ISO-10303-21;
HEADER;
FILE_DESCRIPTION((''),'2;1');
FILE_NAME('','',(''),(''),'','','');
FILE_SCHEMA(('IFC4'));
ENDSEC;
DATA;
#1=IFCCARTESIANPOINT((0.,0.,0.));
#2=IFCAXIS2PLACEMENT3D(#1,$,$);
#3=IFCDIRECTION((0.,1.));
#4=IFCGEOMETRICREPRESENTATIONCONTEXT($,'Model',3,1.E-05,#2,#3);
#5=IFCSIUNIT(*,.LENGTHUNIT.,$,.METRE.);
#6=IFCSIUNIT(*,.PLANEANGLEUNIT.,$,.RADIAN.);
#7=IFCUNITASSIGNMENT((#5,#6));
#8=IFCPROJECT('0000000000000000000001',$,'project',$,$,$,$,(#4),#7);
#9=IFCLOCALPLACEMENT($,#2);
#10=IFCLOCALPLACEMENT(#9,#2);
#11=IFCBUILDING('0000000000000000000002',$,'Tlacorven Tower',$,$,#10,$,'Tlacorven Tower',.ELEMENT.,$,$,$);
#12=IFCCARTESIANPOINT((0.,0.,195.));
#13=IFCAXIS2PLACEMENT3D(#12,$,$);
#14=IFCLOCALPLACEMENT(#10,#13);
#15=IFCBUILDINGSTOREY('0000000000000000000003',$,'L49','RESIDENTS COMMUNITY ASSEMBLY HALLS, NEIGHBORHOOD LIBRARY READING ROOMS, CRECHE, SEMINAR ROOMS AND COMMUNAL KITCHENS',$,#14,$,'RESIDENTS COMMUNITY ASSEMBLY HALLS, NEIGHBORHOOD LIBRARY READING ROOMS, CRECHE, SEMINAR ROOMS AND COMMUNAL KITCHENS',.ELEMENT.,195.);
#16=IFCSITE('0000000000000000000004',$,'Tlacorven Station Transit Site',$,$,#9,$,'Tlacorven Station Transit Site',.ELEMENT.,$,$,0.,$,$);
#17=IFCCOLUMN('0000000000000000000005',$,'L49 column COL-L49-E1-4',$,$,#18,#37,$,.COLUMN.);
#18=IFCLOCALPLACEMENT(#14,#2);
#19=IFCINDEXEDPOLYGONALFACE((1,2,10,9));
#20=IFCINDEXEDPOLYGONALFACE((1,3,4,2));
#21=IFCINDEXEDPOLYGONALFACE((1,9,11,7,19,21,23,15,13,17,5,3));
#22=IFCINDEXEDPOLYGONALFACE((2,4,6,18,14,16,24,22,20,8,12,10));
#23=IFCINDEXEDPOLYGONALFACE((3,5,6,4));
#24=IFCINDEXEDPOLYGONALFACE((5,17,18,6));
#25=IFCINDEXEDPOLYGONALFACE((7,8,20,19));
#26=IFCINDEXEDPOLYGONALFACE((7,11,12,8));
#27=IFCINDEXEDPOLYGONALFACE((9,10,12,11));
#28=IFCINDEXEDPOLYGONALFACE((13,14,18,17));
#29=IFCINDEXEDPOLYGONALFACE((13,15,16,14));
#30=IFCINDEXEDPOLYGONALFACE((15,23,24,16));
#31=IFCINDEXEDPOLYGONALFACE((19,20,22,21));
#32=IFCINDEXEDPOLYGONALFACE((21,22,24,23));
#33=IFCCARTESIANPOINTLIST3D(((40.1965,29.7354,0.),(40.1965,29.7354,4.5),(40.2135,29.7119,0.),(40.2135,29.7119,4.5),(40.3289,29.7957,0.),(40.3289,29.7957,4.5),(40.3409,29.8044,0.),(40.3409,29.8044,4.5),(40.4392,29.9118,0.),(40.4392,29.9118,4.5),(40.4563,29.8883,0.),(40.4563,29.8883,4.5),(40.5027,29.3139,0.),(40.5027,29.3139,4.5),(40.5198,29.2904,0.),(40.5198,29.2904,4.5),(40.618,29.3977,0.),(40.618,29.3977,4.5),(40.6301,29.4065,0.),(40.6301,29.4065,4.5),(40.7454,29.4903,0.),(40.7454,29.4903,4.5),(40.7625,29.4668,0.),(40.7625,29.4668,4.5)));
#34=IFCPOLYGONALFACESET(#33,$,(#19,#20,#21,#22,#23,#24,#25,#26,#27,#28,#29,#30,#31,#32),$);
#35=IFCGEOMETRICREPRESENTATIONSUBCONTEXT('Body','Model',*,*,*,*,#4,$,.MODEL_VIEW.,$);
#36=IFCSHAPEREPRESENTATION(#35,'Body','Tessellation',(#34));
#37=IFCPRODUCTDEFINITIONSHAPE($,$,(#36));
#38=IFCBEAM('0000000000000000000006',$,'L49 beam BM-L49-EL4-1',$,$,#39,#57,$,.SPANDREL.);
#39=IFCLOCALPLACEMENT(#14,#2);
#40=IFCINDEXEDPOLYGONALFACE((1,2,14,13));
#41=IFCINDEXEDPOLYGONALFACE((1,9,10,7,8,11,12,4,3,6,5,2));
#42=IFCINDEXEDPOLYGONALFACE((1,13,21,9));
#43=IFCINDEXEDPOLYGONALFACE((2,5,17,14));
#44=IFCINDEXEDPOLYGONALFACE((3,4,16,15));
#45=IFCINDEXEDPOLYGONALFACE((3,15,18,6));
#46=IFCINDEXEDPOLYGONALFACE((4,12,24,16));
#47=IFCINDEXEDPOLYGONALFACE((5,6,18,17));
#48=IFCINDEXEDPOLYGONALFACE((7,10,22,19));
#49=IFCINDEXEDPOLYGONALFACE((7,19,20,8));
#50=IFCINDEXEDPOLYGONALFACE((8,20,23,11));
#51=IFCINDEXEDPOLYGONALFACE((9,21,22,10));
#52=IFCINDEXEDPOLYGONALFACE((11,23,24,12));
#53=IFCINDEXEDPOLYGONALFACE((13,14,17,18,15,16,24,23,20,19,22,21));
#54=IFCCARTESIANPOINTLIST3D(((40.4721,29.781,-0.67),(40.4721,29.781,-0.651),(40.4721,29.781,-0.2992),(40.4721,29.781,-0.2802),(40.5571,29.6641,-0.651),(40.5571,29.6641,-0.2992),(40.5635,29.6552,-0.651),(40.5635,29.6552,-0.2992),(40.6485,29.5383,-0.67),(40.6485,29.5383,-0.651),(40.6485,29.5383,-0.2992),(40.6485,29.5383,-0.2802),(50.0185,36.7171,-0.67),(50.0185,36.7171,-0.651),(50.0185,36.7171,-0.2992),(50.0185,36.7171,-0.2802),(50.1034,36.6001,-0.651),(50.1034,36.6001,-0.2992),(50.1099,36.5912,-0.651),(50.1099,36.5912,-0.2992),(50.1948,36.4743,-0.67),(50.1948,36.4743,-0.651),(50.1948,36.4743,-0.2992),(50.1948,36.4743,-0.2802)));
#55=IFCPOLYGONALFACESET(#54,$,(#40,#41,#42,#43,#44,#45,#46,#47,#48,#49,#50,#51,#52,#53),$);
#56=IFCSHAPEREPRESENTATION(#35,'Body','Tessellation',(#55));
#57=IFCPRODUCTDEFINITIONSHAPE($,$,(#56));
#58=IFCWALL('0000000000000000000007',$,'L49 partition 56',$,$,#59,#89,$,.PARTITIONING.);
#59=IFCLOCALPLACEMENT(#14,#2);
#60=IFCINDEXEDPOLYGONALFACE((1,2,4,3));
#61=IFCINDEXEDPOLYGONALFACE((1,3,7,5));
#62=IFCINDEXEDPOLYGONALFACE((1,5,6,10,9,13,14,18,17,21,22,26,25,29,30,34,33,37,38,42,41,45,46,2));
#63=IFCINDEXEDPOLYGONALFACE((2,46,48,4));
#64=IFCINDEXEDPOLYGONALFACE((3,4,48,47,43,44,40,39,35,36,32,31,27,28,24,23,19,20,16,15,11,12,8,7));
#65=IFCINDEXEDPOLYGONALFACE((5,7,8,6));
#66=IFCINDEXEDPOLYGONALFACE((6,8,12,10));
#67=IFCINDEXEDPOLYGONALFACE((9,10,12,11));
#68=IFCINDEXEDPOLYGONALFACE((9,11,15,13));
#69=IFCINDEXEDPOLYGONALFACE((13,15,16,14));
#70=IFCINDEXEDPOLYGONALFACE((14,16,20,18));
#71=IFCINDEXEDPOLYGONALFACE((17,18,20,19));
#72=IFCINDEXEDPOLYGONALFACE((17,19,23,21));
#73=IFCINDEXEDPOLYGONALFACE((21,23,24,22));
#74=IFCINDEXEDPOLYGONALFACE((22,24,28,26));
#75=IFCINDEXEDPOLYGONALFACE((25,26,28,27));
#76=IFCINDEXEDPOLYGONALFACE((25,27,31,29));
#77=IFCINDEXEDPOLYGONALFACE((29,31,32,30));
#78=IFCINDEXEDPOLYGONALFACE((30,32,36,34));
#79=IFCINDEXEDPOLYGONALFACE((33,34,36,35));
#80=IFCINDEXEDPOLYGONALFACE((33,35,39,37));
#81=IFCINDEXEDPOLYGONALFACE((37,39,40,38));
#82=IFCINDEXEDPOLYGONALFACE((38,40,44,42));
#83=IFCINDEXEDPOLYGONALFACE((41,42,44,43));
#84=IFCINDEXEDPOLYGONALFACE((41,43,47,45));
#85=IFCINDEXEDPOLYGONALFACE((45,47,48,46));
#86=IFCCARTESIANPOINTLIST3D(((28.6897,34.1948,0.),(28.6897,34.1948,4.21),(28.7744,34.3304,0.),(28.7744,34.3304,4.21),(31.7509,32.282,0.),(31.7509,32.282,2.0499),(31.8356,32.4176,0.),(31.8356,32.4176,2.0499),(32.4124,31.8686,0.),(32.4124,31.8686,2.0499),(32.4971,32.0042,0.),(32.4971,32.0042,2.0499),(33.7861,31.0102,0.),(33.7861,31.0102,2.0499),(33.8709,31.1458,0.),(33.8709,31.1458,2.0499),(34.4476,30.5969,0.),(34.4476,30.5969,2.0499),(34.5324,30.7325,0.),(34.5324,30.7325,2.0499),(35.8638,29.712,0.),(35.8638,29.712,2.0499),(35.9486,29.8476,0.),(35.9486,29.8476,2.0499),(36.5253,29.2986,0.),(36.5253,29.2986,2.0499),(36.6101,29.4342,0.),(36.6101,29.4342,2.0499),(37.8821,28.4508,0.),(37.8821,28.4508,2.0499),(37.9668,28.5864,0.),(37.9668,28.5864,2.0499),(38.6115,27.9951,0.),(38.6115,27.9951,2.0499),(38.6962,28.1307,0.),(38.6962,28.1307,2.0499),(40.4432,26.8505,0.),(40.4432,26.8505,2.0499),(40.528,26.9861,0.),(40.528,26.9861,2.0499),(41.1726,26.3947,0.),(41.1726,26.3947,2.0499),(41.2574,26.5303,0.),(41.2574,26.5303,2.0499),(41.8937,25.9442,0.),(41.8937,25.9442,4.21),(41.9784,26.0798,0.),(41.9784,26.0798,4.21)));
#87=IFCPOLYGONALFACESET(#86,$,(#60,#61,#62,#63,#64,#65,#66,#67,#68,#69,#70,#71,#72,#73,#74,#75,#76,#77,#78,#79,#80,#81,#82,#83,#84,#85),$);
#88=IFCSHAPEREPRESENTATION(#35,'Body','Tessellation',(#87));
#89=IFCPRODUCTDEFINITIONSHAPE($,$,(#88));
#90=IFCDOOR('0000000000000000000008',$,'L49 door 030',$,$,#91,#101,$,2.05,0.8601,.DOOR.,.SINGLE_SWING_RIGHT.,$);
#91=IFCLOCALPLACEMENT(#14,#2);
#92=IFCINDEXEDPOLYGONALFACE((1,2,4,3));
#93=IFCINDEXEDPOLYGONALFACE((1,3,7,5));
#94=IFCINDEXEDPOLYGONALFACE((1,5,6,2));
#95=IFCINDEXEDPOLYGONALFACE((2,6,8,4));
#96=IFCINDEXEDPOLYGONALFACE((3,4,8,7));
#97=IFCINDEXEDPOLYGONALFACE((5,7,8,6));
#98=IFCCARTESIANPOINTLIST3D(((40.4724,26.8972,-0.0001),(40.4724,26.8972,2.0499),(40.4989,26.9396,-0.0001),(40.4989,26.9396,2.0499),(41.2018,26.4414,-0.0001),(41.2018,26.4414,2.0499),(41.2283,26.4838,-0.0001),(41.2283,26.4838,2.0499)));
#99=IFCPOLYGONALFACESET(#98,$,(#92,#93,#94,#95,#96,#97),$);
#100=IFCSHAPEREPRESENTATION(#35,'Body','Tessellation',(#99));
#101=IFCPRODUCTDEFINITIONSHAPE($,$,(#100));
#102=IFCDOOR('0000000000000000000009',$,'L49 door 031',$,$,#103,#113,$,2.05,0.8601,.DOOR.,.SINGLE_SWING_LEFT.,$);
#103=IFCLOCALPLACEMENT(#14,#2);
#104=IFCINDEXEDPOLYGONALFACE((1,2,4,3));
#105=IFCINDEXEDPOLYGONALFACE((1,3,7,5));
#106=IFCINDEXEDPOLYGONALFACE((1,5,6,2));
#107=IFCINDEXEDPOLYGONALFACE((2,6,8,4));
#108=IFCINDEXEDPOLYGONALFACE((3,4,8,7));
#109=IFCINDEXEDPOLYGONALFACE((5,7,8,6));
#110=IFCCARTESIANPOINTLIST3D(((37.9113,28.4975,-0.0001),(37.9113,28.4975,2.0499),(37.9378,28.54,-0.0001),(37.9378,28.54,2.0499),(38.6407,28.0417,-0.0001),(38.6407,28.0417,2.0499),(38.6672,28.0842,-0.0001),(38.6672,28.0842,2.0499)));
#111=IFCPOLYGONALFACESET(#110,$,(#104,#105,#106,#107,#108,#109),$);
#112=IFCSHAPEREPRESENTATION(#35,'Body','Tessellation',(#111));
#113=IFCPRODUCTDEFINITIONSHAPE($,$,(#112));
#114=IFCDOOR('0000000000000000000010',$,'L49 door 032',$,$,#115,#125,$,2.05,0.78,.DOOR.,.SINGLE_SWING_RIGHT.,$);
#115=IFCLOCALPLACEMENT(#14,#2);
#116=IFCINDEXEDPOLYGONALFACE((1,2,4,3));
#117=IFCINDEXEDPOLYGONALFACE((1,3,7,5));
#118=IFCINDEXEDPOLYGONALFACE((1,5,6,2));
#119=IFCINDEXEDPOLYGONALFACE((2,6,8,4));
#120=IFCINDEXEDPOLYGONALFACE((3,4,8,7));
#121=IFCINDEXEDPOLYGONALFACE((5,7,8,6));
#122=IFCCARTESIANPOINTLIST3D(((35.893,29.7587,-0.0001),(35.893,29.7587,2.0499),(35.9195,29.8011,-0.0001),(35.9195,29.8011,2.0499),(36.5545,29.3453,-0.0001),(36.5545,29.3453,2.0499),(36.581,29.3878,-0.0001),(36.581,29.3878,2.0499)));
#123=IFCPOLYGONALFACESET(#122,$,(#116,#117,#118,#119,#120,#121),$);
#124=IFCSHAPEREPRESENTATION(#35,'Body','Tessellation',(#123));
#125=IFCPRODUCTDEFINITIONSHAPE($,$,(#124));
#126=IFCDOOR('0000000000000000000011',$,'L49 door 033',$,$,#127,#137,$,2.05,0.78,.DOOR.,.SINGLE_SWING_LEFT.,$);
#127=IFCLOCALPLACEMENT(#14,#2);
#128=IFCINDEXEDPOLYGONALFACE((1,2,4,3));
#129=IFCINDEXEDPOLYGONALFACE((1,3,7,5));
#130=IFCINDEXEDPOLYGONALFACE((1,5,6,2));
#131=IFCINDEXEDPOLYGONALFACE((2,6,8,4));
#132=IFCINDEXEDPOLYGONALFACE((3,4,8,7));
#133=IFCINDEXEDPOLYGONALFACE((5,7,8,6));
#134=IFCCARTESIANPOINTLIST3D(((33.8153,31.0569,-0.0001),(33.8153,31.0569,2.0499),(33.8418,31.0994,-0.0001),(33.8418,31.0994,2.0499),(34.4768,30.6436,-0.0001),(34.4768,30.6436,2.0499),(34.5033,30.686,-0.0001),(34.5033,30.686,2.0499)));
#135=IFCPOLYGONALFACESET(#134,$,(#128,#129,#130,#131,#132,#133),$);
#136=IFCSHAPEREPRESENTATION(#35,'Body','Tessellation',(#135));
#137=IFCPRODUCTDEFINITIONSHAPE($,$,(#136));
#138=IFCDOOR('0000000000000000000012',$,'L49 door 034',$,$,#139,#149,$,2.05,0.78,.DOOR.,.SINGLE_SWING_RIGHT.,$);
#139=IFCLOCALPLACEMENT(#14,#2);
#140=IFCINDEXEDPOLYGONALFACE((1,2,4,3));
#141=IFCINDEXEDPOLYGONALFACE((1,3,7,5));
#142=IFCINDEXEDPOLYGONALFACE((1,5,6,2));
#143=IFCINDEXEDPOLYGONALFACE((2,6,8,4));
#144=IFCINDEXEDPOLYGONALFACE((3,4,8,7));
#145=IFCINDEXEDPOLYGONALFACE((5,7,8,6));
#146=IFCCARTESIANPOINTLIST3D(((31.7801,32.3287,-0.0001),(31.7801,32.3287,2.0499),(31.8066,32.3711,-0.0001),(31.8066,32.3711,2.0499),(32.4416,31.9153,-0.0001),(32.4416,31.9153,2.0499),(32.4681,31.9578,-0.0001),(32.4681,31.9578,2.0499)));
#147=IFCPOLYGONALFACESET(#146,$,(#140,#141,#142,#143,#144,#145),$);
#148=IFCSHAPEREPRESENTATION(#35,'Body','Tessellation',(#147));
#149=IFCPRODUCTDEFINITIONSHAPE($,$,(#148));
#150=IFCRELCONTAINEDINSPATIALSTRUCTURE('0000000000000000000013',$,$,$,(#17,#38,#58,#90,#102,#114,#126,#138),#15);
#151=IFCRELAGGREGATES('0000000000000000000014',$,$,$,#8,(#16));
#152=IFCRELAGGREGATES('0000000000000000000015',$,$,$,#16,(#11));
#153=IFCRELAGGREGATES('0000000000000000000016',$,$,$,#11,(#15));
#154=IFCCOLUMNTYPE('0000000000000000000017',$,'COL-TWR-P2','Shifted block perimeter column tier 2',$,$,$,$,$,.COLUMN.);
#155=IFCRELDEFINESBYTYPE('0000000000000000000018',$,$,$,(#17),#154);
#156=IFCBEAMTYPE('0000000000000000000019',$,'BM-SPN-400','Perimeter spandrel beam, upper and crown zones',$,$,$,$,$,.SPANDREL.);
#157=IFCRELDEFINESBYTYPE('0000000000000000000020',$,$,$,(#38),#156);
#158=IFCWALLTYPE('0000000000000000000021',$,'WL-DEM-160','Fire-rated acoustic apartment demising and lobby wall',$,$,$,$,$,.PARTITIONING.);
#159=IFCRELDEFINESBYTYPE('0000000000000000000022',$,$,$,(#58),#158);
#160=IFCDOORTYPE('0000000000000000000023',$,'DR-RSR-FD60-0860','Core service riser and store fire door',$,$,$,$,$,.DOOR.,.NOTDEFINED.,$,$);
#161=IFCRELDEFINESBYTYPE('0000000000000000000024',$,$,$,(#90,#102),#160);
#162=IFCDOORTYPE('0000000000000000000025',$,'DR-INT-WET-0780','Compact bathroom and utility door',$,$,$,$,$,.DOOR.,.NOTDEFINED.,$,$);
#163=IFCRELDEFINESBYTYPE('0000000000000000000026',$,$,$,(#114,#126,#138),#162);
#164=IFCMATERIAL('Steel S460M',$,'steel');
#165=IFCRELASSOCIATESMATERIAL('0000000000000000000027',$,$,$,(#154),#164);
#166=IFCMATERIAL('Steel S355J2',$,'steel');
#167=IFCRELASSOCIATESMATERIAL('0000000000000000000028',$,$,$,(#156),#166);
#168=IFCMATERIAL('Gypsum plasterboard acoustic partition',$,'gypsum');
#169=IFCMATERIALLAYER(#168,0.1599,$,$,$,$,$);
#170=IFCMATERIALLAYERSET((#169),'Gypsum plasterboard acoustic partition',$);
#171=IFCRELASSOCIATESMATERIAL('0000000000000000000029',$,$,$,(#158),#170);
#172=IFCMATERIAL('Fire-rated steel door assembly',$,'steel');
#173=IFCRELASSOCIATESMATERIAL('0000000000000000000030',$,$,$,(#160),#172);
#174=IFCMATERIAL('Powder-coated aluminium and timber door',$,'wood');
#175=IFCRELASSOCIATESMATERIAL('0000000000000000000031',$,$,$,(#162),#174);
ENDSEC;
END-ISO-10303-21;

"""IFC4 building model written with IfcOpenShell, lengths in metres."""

from ifc_helpers import new_model, si_unit, direction, frame, frame_2d, origin, origin_2d, place, context, subcontext, project, spatial, rectangle, i_section, extrude, source, transform, mapped, material, layer, layer_set, material_profile, profile_set, type_object, element, fill, save


model = new_model("IFC4")

# Units and contexts
model_context = context("Model", 3, precision=1e-05, world=origin(), true_north=direction((0.0, 1.0)))
body_context = subcontext(model_context, "Body", "Model", "MODEL_VIEW")
ifc_project = project(units=[si_unit("LENGTHUNIT", "METRE"), si_unit("PLANEANGLEUNIT", "RADIAN")], contexts=[model_context])

# Site, building, storey
site_placement = place(None, origin())
site = spatial("IfcSite", under=ifc_project, at=site_placement, Name="Tlacorven Station Transit Site", LongName="Tlacorven Station Transit Site", CompositionType="ELEMENT", RefElevation=0.0)
building_placement = place(site_placement, origin())
building = spatial("IfcBuilding", under=site, at=building_placement, Name="Tlacorven Tower", LongName="Tlacorven Tower", CompositionType="ELEMENT")
storey_placement = place(building_placement, frame((0.0, 0.0, 195.0)))
storey = spatial("IfcBuildingStorey", under=building, at=storey_placement, Name="L49", Description="RESIDENTS COMMUNITY ASSEMBLY HALLS, NEIGHBORHOOD LIBRARY READING ROOMS, CRECHE, SEMINAR ROOMS AND COMMUNAL KITCHENS", LongName="RESIDENTS COMMUNITY ASSEMBLY HALLS, NEIGHBORHOOD LIBRARY READING ROOMS, CRECHE, SEMINAR ROOMS AND COMMUNAL KITCHENS", CompositionType="ELEMENT", Elevation=195.0)

# Column
ifc_material_1 = material(Name="Steel S460M", Category="steel")
ifc_material_profile_1 = material_profile(ifc_material_1, i_section(OverallWidth=0.3, OverallDepth=0.55, WebThickness=0.0149, FlangeThickness=0.0291, at=origin_2d()), Name="HEB 550")
ifc_profile_set_1 = profile_set([ifc_material_profile_1], Name="Steel S460M")
column_type = type_object("IfcColumnType", Name="COL-TWR-P2", Description="Shifted block perimeter column tier 2", PredefinedType="COLUMN", material=ifc_profile_set_1)
shared_shape_1 = source(origin(), body_context, "Body", "SweptSolid", [
    extrude(i_section(OverallWidth=0.3, OverallDepth=0.55, WebThickness=0.0149, FlangeThickness=0.0291, at=origin_2d()), origin(), (0.0, 0.0, 1.0), 4.5),
])
column_placement = place(storey_placement, frame((40.4795, 29.6011, 0.0), z_axis=(0.0, 0.0, 1.0), x_axis=(0.809017, 0.587785, 0.0)))
element("IfcColumn", 1, at=column_placement, inside=storey, type_object=column_type, Name="L49 column COL-L49-E1-4", PredefinedType="COLUMN", context=body_context, shape_type="MappedRepresentation", body=[
    mapped(shared_shape_1, transform((0.0, 0.0, 0.0), scale=1.0)),
])

# Beam
ifc_material_2 = material(Name="Steel S355J2", Category="steel")
ifc_material_profile_2 = material_profile(ifc_material_2, i_section(OverallWidth=0.3, OverallDepth=0.3899, WebThickness=0.011, FlangeThickness=0.019, at=origin_2d()), Name="HEA 400")
ifc_profile_set_2 = profile_set([ifc_material_profile_2], Name="Steel S355J2")
beam_type = type_object("IfcBeamType", Name="BM-SPN-400", Description="Perimeter spandrel beam, upper and crown zones", PredefinedType="SPANDREL", material=ifc_profile_set_2)
shared_shape_2 = source(origin(), body_context, "Body", "SweptSolid", [
    extrude(i_section(OverallWidth=0.3, OverallDepth=0.3899, WebThickness=0.011, FlangeThickness=0.019, at=origin_2d()), origin(), (0.0, 0.0, 1.0), 11.8),
])
beam_placement = place(storey_placement, frame((40.5603, 29.6597, -0.4751), z_axis=(0.80901, 0.587795, 0.0), x_axis=(-0.587795, 0.80901, 0.0)))
element("IfcBeam", 2, at=beam_placement, inside=storey, type_object=beam_type, Name="L49 beam BM-L49-EL4-1", PredefinedType="SPANDREL", context=body_context, shape_type="MappedRepresentation", body=[
    mapped(shared_shape_2, transform((0.0, 0.0, 0.0), scale=1.0)),
])

# Wall, openings, doors
ifc_material_3 = material(Name="Gypsum plasterboard acoustic partition", Category="gypsum")
ifc_layer_1 = layer(ifc_material_3, 0.1599)
ifc_layer_set_1 = layer_set([ifc_layer_1], Name="Gypsum plasterboard acoustic partition")
wall_type_1 = type_object("IfcWallType", Name="WL-DEM-160", Description="Fire-rated acoustic apartment demising and lobby wall", PredefinedType="PARTITIONING", material=ifc_layer_set_1)
wall_1_placement = place(storey_placement, frame((41.936, 26.012, 0.0), z_axis=(0.0, 0.0, 1.0), x_axis=(-0.848051, 0.529914, 0.0)))
wall_1 = element("IfcWall", 3, at=wall_1_placement, inside=storey, type_object=wall_type_1, Name="L49 partition 56", PredefinedType="PARTITIONING", context=body_context, shape_type="SweptSolid", body=[
    extrude(rectangle(XDim=15.5698, YDim=0.1599, at=frame_2d((7.7849, 0.0))), origin(), (0.0, 0.0, 1.0), 4.21),
])
opening_1_placement = place(wall_1_placement, frame((0.8501, 0.0, 0.0)))
opening_1 = element("IfcOpeningElement", 4, at=opening_1_placement, cuts=wall_1, PredefinedType="OPENING", context=body_context, shape_type="SweptSolid", body=[
    extrude(rectangle(XDim=0.8601, YDim=2.05, at=frame_2d((0.4302, 1.0249))), frame((0.0, 0.0898, 0.0), z_axis=(0.0, -1.0, 0.0), x_axis=(1.0, 0.0, 0.0)), (0.0, 0.0, 1.0), 0.1799),
])
opening_2_placement = place(wall_1_placement, frame((3.8701, 0.0, 0.0)))
opening_2 = element("IfcOpeningElement", 5, at=opening_2_placement, cuts=wall_1, PredefinedType="OPENING", context=body_context, shape_type="SweptSolid", body=[
    extrude(rectangle(XDim=0.8601, YDim=2.05, at=frame_2d((0.4302, 1.0249))), frame((0.0, 0.0898, 0.0), z_axis=(0.0, -1.0, 0.0), x_axis=(1.0, 0.0, 0.0)), (0.0, 0.0, 1.0), 0.1799),
])
opening_3_placement = place(wall_1_placement, frame((6.3301, 0.0, 0.0)))
opening_3 = element("IfcOpeningElement", 6, at=opening_3_placement, cuts=wall_1, PredefinedType="OPENING", context=body_context, shape_type="SweptSolid", body=[
    extrude(rectangle(XDim=0.78, YDim=2.05, at=frame_2d((0.3901, 1.0249))), frame((0.0, 0.0898, 0.0), z_axis=(0.0, -1.0, 0.0), x_axis=(1.0, 0.0, 0.0)), (0.0, 0.0, 1.0), 0.1799),
])
opening_4_placement = place(wall_1_placement, frame((8.78, 0.0, 0.0)))
opening_4 = element("IfcOpeningElement", 7, at=opening_4_placement, cuts=wall_1, PredefinedType="OPENING", context=body_context, shape_type="SweptSolid", body=[
    extrude(rectangle(XDim=0.78, YDim=2.05, at=frame_2d((0.3901, 1.0249))), frame((0.0, 0.0898, 0.0), z_axis=(0.0, -1.0, 0.0), x_axis=(1.0, 0.0, 0.0)), (0.0, 0.0, 1.0), 0.1799),
])
opening_5_placement = place(wall_1_placement, frame((11.1799, 0.0, 0.0)))
opening_5 = element("IfcOpeningElement", 8, at=opening_5_placement, cuts=wall_1, PredefinedType="OPENING", context=body_context, shape_type="SweptSolid", body=[
    extrude(rectangle(XDim=0.78, YDim=2.05, at=frame_2d((0.3901, 1.0249))), frame((0.0, 0.0898, 0.0), z_axis=(0.0, -1.0, 0.0), x_axis=(1.0, 0.0, 0.0)), (0.0, 0.0, 1.0), 0.1799),
])
ifc_material_4 = material(Name="Fire-rated steel door assembly", Category="steel")
door_type_1 = type_object("IfcDoorType", Name="DR-RSR-FD60-0860", Description="Core service riser and store fire door", OperationType="NOTDEFINED", PredefinedType="DOOR", material=ifc_material_4)
shared_shape_3 = source(origin(), body_context, "Body", "SweptSolid", [
    extrude(rectangle(XDim=0.8601, YDim=2.05, at=frame_2d((0.4302, 1.0249))), frame((0.0, 0.0249, 0.0), z_axis=(0.0, -1.0, 0.0), x_axis=(1.0, 0.0, 0.0)), (0.0, 0.0, 1.0), 0.05),
])
door_1_placement = place(opening_1_placement, origin())
door_1 = element("IfcDoor", 9, at=door_1_placement, inside=storey, type_object=door_type_1, Name="L49 door 030", OperationType="SINGLE_SWING_RIGHT", OverallHeight=2.05, OverallWidth=0.8601, PredefinedType="DOOR", context=body_context, shape_type="MappedRepresentation", body=[
    mapped(shared_shape_3, transform((0.0, 0.0, 0.0), scale=1.0)),
])
fill(opening_1, door_1)
door_2_placement = place(opening_2_placement, origin())
door_2 = element("IfcDoor", 10, at=door_2_placement, inside=storey, type_object=door_type_1, Name="L49 door 031", OperationType="SINGLE_SWING_LEFT", OverallHeight=2.05, OverallWidth=0.8601, PredefinedType="DOOR", context=body_context, shape_type="MappedRepresentation", body=[
    mapped(shared_shape_3, transform((0.0, 0.0, 0.0), scale=1.0)),
])
fill(opening_2, door_2)
ifc_material_5 = material(Name="Powder-coated aluminium and timber door", Category="wood")
door_type_2 = type_object("IfcDoorType", Name="DR-INT-WET-0780", Description="Compact bathroom and utility door", OperationType="NOTDEFINED", PredefinedType="DOOR", material=ifc_material_5)
shared_shape_4 = source(origin(), body_context, "Body", "SweptSolid", [
    extrude(rectangle(XDim=0.78, YDim=2.05, at=frame_2d((0.3901, 1.0249))), frame((0.0, 0.0249, 0.0), z_axis=(0.0, -1.0, 0.0), x_axis=(1.0, 0.0, 0.0)), (0.0, 0.0, 1.0), 0.05),
])
door_3_placement = place(opening_3_placement, origin())
door_3 = element("IfcDoor", 11, at=door_3_placement, inside=storey, type_object=door_type_2, Name="L49 door 032", OperationType="SINGLE_SWING_RIGHT", OverallHeight=2.05, OverallWidth=0.78, PredefinedType="DOOR", context=body_context, shape_type="MappedRepresentation", body=[
    mapped(shared_shape_4, transform((0.0, 0.0, 0.0), scale=1.0)),
])
fill(opening_3, door_3)
door_4_placement = place(opening_4_placement, origin())
door_4 = element("IfcDoor", 12, at=door_4_placement, inside=storey, type_object=door_type_2, Name="L49 door 033", OperationType="SINGLE_SWING_LEFT", OverallHeight=2.05, OverallWidth=0.78, PredefinedType="DOOR", context=body_context, shape_type="MappedRepresentation", body=[
    mapped(shared_shape_4, transform((0.0, 0.0, 0.0), scale=1.0)),
])
fill(opening_4, door_4)
door_5_placement = place(opening_5_placement, origin())
door_5 = element("IfcDoor", 13, at=door_5_placement, inside=storey, type_object=door_type_2, Name="L49 door 034", OperationType="SINGLE_SWING_RIGHT", OverallHeight=2.05, OverallWidth=0.78, PredefinedType="DOOR", context=body_context, shape_type="MappedRepresentation", body=[
    mapped(shared_shape_4, transform((0.0, 0.0, 0.0), scale=1.0)),
])
fill(opening_5, door_5)

save(model, "model.ifc")
